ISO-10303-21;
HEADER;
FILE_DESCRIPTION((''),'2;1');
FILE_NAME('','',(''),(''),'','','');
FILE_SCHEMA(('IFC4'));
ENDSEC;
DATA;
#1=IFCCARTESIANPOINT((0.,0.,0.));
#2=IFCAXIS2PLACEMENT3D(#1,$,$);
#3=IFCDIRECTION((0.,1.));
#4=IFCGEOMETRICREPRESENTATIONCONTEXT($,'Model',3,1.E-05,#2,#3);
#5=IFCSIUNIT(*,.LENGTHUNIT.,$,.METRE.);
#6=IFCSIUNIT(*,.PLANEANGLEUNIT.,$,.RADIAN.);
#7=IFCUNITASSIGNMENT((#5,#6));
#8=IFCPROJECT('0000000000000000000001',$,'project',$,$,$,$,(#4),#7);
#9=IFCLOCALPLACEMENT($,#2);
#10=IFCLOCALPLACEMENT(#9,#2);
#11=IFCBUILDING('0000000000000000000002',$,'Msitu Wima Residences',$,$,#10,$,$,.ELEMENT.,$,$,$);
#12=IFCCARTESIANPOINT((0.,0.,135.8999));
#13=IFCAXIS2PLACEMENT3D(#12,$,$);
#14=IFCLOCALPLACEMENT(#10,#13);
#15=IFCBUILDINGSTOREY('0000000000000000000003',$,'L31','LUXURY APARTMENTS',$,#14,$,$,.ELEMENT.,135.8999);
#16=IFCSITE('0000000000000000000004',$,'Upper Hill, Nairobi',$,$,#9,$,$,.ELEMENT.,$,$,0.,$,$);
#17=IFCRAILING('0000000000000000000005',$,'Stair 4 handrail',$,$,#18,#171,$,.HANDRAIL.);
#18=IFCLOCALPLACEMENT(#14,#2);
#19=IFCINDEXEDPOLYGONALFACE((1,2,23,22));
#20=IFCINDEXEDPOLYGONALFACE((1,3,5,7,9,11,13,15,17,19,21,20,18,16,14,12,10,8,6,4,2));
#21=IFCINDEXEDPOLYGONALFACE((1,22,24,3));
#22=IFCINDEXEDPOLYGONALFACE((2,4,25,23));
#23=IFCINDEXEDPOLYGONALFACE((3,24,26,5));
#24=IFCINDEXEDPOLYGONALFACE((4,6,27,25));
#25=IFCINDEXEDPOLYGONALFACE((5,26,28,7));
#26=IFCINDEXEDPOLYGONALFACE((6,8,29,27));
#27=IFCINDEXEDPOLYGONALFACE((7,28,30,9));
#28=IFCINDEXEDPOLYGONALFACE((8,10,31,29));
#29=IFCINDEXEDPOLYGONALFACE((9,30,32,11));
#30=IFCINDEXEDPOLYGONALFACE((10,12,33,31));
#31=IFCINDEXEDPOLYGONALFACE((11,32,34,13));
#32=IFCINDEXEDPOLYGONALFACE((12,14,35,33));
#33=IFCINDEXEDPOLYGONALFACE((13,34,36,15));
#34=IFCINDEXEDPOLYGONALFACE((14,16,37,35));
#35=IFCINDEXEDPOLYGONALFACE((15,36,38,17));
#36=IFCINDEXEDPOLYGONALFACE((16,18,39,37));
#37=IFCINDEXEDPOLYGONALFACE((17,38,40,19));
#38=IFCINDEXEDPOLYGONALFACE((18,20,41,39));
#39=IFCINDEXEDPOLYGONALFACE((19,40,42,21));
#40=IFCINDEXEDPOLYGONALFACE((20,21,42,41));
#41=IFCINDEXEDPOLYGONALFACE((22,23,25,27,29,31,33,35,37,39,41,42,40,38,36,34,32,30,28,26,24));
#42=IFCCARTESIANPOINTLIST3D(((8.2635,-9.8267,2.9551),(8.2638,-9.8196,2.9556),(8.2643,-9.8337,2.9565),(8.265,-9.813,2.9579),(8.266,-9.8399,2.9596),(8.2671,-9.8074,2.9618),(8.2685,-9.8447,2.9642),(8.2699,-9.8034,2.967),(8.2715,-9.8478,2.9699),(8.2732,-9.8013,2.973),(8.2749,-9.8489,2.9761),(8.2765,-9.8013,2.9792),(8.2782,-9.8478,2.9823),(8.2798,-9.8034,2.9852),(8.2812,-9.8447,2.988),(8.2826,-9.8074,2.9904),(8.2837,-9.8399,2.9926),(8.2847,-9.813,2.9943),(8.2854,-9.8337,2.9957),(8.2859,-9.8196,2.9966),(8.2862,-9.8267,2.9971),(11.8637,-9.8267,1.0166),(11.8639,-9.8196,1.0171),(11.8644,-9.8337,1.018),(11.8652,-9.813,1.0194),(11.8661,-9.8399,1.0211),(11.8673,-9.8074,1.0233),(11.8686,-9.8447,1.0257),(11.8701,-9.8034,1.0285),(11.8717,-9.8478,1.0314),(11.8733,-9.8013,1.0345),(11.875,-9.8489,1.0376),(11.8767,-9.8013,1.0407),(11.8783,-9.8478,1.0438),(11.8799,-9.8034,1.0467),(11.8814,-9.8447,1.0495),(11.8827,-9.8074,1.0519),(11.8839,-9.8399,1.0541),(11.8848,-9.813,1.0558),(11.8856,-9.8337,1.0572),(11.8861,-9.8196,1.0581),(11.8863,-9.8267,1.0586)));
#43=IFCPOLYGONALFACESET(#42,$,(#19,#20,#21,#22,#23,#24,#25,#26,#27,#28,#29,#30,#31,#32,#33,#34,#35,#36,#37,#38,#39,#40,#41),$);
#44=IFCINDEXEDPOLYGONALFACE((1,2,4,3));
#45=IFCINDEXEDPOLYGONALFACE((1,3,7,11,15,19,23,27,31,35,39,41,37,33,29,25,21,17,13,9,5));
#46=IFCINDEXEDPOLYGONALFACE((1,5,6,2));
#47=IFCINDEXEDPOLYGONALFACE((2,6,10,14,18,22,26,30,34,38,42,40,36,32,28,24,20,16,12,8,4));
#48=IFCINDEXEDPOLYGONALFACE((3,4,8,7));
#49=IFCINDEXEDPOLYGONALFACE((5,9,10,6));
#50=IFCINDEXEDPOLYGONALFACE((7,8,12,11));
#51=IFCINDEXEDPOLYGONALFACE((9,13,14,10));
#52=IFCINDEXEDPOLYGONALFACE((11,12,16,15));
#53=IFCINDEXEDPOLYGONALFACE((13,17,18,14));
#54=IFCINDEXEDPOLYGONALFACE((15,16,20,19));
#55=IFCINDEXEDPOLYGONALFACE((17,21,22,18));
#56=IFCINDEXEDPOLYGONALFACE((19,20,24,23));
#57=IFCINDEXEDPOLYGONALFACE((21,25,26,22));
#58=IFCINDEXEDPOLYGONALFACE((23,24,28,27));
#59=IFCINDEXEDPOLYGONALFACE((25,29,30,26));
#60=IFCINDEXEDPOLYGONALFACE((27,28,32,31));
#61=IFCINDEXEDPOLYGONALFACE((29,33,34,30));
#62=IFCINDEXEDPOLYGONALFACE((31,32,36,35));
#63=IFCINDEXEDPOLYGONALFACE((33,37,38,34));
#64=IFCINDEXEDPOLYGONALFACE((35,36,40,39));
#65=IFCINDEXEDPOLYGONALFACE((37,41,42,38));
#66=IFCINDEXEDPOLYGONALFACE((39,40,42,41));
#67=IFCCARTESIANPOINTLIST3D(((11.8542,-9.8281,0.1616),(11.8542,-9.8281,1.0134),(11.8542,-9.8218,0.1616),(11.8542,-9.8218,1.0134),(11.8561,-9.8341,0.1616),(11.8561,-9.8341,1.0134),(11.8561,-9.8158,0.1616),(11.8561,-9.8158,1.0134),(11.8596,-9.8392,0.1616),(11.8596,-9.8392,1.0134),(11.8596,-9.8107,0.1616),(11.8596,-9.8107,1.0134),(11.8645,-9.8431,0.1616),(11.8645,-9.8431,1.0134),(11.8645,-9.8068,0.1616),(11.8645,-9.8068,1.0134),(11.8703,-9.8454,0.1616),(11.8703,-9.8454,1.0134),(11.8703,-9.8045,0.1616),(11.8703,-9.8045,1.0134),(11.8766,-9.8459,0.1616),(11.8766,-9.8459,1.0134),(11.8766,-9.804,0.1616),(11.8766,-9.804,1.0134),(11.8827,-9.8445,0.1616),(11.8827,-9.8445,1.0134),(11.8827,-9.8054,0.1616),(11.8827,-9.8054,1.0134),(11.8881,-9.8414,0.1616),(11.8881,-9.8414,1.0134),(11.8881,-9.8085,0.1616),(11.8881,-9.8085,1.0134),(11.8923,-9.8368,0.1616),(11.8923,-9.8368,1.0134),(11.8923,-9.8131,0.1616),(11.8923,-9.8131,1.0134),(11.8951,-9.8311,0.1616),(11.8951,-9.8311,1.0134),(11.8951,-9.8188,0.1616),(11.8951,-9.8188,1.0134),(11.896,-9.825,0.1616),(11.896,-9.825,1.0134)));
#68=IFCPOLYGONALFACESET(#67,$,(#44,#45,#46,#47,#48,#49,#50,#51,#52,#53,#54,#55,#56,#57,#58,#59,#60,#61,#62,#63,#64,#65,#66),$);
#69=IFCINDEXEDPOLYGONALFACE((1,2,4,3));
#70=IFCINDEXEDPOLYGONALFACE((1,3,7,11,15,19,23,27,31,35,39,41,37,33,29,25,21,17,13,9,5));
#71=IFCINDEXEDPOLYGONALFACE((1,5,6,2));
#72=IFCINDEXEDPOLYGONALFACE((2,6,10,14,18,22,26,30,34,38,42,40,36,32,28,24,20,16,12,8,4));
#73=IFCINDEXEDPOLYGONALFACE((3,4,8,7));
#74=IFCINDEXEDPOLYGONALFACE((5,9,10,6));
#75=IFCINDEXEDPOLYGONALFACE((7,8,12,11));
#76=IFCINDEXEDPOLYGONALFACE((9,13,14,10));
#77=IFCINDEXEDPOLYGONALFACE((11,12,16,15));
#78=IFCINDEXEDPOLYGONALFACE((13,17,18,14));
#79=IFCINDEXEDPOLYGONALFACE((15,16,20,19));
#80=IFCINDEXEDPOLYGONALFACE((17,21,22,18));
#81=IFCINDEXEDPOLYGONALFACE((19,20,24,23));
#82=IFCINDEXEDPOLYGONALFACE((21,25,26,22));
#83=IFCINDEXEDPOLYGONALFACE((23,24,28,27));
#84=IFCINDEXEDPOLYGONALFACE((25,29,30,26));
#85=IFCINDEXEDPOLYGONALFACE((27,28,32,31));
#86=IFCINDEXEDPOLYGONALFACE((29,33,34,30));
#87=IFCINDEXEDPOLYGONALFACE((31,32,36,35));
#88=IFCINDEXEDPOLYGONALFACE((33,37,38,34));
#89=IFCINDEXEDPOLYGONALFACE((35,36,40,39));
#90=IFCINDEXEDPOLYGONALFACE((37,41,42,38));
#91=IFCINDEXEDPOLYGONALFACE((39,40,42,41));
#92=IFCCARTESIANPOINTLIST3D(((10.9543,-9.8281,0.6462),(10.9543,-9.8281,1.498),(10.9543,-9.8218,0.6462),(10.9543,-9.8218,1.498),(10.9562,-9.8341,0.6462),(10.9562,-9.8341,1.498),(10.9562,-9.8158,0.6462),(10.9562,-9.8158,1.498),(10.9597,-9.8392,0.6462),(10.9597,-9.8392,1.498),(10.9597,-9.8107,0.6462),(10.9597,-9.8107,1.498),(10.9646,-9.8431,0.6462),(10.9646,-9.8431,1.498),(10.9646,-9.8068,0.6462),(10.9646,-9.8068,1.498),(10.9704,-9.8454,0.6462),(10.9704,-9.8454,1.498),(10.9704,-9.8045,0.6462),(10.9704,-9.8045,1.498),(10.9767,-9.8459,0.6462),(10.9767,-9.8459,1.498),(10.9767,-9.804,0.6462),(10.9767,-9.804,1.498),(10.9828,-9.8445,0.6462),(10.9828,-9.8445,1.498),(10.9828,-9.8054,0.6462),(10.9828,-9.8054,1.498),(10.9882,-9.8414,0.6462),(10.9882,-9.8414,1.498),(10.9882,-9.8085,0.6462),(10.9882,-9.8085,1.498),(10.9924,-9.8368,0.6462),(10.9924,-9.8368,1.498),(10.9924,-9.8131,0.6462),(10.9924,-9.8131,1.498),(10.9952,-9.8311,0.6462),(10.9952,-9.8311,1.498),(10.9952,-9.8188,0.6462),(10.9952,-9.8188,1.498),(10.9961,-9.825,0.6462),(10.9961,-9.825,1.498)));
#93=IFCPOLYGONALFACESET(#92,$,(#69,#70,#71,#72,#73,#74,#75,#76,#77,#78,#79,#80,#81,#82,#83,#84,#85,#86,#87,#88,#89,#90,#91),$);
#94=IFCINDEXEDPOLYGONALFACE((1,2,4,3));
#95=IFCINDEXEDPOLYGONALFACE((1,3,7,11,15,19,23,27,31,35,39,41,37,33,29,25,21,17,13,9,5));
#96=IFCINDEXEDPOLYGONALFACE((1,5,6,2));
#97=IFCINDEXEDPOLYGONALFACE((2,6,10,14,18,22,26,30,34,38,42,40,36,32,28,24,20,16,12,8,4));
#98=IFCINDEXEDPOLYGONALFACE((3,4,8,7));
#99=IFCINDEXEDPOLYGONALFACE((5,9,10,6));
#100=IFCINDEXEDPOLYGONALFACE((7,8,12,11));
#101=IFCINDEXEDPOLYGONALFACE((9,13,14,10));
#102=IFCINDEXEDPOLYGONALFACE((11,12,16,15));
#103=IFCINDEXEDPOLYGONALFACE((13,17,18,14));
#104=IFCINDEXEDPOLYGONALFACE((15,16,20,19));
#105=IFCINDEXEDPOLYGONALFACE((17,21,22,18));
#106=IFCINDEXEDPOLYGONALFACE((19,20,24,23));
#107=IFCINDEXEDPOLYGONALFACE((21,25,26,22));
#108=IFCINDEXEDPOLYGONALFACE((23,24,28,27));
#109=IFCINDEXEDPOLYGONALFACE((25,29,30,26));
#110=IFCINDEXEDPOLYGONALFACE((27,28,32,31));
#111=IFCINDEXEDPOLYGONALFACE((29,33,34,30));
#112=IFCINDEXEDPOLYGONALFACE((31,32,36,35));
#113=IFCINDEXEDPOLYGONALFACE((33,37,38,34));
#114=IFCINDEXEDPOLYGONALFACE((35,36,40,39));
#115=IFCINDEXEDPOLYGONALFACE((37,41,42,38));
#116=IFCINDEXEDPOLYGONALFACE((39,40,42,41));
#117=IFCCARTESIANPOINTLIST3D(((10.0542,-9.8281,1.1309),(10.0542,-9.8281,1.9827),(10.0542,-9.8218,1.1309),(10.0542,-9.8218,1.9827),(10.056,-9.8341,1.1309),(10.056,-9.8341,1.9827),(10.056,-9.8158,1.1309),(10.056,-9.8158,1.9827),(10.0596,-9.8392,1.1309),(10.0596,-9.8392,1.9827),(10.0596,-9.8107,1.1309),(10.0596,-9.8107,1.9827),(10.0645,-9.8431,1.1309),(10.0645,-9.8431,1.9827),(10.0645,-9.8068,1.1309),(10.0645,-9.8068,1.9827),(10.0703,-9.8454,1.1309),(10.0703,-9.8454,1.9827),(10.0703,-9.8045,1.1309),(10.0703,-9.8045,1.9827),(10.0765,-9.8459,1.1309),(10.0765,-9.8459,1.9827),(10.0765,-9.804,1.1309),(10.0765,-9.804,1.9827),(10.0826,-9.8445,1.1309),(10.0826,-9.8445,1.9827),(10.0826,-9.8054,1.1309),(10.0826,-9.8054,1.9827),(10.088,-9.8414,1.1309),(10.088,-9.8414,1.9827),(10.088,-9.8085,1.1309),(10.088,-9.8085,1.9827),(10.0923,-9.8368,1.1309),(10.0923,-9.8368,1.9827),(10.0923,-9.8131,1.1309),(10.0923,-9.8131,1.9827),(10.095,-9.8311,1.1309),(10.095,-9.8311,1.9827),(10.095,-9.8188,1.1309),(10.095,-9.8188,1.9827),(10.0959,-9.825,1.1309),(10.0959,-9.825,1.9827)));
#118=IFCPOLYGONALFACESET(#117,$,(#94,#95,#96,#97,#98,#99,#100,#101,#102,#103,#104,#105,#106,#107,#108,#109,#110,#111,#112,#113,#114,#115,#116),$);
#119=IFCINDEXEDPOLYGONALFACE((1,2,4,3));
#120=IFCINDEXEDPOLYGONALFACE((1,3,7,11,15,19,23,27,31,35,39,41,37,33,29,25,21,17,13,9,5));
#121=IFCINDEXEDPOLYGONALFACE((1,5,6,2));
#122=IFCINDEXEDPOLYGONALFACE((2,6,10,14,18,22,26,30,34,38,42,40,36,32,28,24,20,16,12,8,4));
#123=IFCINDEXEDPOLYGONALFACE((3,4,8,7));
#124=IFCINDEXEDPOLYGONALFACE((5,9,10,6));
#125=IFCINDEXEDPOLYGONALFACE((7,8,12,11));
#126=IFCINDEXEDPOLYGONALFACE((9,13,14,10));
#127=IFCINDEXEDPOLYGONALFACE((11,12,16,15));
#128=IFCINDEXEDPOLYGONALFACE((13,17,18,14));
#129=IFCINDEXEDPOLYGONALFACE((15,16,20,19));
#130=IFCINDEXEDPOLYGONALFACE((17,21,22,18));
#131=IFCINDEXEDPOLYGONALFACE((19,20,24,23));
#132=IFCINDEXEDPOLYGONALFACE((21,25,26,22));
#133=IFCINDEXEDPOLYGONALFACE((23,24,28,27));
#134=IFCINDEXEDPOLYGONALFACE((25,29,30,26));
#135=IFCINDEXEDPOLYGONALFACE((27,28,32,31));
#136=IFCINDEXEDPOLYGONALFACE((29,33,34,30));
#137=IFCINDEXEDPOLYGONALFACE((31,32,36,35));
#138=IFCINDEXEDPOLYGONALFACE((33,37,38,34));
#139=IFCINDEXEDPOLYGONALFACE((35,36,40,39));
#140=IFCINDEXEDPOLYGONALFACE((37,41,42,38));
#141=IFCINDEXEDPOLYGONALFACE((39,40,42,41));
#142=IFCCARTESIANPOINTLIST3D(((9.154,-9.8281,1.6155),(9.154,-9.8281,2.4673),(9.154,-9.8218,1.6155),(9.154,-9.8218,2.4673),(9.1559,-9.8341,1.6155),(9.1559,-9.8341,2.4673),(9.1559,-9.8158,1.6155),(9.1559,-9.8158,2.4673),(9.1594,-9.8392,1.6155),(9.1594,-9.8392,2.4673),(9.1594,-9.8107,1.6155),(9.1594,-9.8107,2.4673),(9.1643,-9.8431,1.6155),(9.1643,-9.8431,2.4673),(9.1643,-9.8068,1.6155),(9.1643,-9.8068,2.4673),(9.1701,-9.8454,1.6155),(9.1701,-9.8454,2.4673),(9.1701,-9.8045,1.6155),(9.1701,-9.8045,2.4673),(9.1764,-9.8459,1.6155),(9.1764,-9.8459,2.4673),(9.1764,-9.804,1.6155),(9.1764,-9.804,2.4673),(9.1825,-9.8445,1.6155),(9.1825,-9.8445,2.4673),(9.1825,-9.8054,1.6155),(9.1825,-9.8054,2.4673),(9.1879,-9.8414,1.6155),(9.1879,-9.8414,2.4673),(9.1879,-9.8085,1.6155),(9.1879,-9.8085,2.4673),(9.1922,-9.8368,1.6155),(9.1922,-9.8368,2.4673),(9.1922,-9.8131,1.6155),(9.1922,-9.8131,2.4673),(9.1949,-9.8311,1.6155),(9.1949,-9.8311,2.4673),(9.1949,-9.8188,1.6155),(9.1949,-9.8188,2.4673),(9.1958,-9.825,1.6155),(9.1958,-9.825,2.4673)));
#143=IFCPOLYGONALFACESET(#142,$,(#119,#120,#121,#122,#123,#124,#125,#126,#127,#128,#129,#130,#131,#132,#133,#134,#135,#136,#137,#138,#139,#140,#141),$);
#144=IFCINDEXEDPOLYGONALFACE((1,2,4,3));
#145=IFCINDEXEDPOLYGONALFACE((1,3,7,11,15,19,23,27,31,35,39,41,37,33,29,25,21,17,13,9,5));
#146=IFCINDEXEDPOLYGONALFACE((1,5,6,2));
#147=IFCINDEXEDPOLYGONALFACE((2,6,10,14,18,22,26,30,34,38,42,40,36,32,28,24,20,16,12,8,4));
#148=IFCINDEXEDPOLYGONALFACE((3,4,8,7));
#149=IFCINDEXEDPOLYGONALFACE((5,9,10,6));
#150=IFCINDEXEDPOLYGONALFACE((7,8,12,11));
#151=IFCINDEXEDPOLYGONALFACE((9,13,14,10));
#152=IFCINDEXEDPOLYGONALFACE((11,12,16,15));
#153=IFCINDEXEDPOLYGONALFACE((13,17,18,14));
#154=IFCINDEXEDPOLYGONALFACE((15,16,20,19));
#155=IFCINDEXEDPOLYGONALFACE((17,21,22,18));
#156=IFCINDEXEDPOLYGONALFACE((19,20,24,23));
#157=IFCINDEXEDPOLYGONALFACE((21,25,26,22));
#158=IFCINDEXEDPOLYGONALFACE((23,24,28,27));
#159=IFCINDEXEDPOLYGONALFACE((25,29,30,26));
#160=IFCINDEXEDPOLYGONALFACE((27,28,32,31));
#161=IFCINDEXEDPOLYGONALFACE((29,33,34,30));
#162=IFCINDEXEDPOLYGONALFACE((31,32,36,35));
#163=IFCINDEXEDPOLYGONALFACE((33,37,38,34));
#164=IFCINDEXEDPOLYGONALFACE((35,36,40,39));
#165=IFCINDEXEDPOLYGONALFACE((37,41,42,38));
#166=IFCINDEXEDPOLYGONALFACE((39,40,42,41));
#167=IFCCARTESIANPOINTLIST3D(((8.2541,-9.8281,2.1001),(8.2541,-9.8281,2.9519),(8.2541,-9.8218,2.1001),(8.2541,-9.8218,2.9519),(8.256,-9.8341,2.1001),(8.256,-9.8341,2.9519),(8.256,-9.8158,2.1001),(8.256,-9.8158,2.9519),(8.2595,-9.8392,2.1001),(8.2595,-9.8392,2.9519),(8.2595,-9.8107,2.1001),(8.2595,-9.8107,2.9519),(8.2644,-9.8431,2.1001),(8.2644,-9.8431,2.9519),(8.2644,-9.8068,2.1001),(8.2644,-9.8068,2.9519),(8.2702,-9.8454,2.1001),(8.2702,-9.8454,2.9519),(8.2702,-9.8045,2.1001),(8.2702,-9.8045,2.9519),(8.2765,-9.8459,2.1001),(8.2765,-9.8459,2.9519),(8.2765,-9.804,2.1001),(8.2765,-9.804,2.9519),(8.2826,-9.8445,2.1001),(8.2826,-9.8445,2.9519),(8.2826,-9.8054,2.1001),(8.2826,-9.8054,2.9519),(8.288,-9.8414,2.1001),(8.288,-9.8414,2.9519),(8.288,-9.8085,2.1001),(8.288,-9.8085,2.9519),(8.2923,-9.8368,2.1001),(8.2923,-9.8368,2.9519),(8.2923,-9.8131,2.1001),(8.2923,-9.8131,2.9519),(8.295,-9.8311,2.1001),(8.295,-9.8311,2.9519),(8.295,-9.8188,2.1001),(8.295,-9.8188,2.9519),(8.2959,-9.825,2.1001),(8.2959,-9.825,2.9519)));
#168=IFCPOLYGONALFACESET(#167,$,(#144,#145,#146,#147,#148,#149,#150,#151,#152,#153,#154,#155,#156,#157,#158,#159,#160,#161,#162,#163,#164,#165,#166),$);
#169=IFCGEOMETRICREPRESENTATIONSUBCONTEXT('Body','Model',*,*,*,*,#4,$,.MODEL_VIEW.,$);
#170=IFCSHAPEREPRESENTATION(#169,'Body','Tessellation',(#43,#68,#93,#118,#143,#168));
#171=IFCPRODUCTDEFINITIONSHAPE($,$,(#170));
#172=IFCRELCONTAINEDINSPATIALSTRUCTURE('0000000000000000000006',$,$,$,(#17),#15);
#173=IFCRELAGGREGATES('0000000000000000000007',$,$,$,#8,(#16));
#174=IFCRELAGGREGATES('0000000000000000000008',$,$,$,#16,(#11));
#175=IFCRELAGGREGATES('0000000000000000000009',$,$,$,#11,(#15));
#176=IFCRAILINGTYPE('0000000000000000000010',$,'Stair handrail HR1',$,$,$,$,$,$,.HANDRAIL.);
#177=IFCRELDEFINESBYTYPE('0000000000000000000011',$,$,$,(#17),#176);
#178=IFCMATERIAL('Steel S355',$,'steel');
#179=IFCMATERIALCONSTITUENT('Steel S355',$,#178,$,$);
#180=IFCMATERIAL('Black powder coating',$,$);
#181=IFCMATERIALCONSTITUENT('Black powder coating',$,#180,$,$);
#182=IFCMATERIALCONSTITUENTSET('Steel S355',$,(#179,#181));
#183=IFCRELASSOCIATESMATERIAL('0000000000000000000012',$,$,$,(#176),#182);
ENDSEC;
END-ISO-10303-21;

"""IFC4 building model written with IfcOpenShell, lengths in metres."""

from ifc_helpers import new_model, si_unit, direction, frame, origin, origin_2d, place, context, subcontext, project, spatial, circle, extrude, material, constituent, constituent_set, type_object, element, save


model = new_model("IFC4")

# Units and contexts
model_context = context("Model", 3, precision=1e-05, world=origin(), true_north=direction((0.0, 1.0)))
body_context = subcontext(model_context, "Body", "Model", "MODEL_VIEW")
ifc_project = project(units=[si_unit("LENGTHUNIT", "METRE"), si_unit("PLANEANGLEUNIT", "RADIAN")], contexts=[model_context])

# Site, building, storey
site_placement = place(None, origin())
site = spatial("IfcSite", under=ifc_project, at=site_placement, Name="Upper Hill, Nairobi", CompositionType="ELEMENT", RefElevation=0.0)
building_placement = place(site_placement, origin())
building = spatial("IfcBuilding", under=site, at=building_placement, Name="Msitu Wima Residences", CompositionType="ELEMENT")
storey_placement = place(building_placement, frame((0.0, 0.0, 135.8999)))
storey = spatial("IfcBuildingStorey", under=building, at=storey_placement, Name="L31", Description="LUXURY APARTMENTS", CompositionType="ELEMENT", Elevation=135.8999)

# Railing
ifc_material_1 = material(Name="Steel S355", Category="steel")
ifc_constituent_1 = constituent(ifc_material_1, Name="Steel S355")
ifc_material_2 = material(Name="Black powder coating")
ifc_constituent_2 = constituent(ifc_material_2, Name="Black powder coating")
ifc_constituent_set_1 = constituent_set(constituents=[ifc_constituent_1, ifc_constituent_2], Name="Steel S355")
railing_type_1 = type_object("IfcRailingType", Name="Stair handrail HR1", PredefinedType="HANDRAIL", material=ifc_constituent_set_1)
for number, where, name in (
    (1, (11.875, -9.825, 0.1616), "Stair 4 handrail"),
):
    element("IfcRailing", number, at=place(storey_placement, frame(where)), inside=storey, type_object=railing_type_1, Name=name, PredefinedType="HANDRAIL", context=body_context, shape_type="SweptSolid", body=[
        extrude(circle(Radius=0.0239, at=origin_2d()), frame((0.0, 0.0, 0.876), z_axis=(-0.880475, 0.0, 0.474093), x_axis=(0.0, -1.0, 0.0)), (0.0, 0.0, 1.0), 4.0889),
        extrude(circle(Radius=0.021, at=origin_2d()), origin(), (0.0, 0.0, 1.0), 0.8518),
        extrude(circle(Radius=0.021, at=origin_2d()), frame((-0.8999, 0.0, 0.4846)), (0.0, 0.0, 1.0), 0.8518),
        extrude(circle(Radius=0.021, at=origin_2d()), frame((-1.8, 0.0, 0.9692)), (0.0, 0.0, 1.0), 0.8518),
        extrude(circle(Radius=0.021, at=origin_2d()), frame((-2.7002, 0.0, 1.4539)), (0.0, 0.0, 1.0), 0.8518),
        extrude(circle(Radius=0.021, at=origin_2d()), frame((-3.6001, 0.0, 1.9385)), (0.0, 0.0, 1.0), 0.8518),
    ])

save(model, "model.ifc")
